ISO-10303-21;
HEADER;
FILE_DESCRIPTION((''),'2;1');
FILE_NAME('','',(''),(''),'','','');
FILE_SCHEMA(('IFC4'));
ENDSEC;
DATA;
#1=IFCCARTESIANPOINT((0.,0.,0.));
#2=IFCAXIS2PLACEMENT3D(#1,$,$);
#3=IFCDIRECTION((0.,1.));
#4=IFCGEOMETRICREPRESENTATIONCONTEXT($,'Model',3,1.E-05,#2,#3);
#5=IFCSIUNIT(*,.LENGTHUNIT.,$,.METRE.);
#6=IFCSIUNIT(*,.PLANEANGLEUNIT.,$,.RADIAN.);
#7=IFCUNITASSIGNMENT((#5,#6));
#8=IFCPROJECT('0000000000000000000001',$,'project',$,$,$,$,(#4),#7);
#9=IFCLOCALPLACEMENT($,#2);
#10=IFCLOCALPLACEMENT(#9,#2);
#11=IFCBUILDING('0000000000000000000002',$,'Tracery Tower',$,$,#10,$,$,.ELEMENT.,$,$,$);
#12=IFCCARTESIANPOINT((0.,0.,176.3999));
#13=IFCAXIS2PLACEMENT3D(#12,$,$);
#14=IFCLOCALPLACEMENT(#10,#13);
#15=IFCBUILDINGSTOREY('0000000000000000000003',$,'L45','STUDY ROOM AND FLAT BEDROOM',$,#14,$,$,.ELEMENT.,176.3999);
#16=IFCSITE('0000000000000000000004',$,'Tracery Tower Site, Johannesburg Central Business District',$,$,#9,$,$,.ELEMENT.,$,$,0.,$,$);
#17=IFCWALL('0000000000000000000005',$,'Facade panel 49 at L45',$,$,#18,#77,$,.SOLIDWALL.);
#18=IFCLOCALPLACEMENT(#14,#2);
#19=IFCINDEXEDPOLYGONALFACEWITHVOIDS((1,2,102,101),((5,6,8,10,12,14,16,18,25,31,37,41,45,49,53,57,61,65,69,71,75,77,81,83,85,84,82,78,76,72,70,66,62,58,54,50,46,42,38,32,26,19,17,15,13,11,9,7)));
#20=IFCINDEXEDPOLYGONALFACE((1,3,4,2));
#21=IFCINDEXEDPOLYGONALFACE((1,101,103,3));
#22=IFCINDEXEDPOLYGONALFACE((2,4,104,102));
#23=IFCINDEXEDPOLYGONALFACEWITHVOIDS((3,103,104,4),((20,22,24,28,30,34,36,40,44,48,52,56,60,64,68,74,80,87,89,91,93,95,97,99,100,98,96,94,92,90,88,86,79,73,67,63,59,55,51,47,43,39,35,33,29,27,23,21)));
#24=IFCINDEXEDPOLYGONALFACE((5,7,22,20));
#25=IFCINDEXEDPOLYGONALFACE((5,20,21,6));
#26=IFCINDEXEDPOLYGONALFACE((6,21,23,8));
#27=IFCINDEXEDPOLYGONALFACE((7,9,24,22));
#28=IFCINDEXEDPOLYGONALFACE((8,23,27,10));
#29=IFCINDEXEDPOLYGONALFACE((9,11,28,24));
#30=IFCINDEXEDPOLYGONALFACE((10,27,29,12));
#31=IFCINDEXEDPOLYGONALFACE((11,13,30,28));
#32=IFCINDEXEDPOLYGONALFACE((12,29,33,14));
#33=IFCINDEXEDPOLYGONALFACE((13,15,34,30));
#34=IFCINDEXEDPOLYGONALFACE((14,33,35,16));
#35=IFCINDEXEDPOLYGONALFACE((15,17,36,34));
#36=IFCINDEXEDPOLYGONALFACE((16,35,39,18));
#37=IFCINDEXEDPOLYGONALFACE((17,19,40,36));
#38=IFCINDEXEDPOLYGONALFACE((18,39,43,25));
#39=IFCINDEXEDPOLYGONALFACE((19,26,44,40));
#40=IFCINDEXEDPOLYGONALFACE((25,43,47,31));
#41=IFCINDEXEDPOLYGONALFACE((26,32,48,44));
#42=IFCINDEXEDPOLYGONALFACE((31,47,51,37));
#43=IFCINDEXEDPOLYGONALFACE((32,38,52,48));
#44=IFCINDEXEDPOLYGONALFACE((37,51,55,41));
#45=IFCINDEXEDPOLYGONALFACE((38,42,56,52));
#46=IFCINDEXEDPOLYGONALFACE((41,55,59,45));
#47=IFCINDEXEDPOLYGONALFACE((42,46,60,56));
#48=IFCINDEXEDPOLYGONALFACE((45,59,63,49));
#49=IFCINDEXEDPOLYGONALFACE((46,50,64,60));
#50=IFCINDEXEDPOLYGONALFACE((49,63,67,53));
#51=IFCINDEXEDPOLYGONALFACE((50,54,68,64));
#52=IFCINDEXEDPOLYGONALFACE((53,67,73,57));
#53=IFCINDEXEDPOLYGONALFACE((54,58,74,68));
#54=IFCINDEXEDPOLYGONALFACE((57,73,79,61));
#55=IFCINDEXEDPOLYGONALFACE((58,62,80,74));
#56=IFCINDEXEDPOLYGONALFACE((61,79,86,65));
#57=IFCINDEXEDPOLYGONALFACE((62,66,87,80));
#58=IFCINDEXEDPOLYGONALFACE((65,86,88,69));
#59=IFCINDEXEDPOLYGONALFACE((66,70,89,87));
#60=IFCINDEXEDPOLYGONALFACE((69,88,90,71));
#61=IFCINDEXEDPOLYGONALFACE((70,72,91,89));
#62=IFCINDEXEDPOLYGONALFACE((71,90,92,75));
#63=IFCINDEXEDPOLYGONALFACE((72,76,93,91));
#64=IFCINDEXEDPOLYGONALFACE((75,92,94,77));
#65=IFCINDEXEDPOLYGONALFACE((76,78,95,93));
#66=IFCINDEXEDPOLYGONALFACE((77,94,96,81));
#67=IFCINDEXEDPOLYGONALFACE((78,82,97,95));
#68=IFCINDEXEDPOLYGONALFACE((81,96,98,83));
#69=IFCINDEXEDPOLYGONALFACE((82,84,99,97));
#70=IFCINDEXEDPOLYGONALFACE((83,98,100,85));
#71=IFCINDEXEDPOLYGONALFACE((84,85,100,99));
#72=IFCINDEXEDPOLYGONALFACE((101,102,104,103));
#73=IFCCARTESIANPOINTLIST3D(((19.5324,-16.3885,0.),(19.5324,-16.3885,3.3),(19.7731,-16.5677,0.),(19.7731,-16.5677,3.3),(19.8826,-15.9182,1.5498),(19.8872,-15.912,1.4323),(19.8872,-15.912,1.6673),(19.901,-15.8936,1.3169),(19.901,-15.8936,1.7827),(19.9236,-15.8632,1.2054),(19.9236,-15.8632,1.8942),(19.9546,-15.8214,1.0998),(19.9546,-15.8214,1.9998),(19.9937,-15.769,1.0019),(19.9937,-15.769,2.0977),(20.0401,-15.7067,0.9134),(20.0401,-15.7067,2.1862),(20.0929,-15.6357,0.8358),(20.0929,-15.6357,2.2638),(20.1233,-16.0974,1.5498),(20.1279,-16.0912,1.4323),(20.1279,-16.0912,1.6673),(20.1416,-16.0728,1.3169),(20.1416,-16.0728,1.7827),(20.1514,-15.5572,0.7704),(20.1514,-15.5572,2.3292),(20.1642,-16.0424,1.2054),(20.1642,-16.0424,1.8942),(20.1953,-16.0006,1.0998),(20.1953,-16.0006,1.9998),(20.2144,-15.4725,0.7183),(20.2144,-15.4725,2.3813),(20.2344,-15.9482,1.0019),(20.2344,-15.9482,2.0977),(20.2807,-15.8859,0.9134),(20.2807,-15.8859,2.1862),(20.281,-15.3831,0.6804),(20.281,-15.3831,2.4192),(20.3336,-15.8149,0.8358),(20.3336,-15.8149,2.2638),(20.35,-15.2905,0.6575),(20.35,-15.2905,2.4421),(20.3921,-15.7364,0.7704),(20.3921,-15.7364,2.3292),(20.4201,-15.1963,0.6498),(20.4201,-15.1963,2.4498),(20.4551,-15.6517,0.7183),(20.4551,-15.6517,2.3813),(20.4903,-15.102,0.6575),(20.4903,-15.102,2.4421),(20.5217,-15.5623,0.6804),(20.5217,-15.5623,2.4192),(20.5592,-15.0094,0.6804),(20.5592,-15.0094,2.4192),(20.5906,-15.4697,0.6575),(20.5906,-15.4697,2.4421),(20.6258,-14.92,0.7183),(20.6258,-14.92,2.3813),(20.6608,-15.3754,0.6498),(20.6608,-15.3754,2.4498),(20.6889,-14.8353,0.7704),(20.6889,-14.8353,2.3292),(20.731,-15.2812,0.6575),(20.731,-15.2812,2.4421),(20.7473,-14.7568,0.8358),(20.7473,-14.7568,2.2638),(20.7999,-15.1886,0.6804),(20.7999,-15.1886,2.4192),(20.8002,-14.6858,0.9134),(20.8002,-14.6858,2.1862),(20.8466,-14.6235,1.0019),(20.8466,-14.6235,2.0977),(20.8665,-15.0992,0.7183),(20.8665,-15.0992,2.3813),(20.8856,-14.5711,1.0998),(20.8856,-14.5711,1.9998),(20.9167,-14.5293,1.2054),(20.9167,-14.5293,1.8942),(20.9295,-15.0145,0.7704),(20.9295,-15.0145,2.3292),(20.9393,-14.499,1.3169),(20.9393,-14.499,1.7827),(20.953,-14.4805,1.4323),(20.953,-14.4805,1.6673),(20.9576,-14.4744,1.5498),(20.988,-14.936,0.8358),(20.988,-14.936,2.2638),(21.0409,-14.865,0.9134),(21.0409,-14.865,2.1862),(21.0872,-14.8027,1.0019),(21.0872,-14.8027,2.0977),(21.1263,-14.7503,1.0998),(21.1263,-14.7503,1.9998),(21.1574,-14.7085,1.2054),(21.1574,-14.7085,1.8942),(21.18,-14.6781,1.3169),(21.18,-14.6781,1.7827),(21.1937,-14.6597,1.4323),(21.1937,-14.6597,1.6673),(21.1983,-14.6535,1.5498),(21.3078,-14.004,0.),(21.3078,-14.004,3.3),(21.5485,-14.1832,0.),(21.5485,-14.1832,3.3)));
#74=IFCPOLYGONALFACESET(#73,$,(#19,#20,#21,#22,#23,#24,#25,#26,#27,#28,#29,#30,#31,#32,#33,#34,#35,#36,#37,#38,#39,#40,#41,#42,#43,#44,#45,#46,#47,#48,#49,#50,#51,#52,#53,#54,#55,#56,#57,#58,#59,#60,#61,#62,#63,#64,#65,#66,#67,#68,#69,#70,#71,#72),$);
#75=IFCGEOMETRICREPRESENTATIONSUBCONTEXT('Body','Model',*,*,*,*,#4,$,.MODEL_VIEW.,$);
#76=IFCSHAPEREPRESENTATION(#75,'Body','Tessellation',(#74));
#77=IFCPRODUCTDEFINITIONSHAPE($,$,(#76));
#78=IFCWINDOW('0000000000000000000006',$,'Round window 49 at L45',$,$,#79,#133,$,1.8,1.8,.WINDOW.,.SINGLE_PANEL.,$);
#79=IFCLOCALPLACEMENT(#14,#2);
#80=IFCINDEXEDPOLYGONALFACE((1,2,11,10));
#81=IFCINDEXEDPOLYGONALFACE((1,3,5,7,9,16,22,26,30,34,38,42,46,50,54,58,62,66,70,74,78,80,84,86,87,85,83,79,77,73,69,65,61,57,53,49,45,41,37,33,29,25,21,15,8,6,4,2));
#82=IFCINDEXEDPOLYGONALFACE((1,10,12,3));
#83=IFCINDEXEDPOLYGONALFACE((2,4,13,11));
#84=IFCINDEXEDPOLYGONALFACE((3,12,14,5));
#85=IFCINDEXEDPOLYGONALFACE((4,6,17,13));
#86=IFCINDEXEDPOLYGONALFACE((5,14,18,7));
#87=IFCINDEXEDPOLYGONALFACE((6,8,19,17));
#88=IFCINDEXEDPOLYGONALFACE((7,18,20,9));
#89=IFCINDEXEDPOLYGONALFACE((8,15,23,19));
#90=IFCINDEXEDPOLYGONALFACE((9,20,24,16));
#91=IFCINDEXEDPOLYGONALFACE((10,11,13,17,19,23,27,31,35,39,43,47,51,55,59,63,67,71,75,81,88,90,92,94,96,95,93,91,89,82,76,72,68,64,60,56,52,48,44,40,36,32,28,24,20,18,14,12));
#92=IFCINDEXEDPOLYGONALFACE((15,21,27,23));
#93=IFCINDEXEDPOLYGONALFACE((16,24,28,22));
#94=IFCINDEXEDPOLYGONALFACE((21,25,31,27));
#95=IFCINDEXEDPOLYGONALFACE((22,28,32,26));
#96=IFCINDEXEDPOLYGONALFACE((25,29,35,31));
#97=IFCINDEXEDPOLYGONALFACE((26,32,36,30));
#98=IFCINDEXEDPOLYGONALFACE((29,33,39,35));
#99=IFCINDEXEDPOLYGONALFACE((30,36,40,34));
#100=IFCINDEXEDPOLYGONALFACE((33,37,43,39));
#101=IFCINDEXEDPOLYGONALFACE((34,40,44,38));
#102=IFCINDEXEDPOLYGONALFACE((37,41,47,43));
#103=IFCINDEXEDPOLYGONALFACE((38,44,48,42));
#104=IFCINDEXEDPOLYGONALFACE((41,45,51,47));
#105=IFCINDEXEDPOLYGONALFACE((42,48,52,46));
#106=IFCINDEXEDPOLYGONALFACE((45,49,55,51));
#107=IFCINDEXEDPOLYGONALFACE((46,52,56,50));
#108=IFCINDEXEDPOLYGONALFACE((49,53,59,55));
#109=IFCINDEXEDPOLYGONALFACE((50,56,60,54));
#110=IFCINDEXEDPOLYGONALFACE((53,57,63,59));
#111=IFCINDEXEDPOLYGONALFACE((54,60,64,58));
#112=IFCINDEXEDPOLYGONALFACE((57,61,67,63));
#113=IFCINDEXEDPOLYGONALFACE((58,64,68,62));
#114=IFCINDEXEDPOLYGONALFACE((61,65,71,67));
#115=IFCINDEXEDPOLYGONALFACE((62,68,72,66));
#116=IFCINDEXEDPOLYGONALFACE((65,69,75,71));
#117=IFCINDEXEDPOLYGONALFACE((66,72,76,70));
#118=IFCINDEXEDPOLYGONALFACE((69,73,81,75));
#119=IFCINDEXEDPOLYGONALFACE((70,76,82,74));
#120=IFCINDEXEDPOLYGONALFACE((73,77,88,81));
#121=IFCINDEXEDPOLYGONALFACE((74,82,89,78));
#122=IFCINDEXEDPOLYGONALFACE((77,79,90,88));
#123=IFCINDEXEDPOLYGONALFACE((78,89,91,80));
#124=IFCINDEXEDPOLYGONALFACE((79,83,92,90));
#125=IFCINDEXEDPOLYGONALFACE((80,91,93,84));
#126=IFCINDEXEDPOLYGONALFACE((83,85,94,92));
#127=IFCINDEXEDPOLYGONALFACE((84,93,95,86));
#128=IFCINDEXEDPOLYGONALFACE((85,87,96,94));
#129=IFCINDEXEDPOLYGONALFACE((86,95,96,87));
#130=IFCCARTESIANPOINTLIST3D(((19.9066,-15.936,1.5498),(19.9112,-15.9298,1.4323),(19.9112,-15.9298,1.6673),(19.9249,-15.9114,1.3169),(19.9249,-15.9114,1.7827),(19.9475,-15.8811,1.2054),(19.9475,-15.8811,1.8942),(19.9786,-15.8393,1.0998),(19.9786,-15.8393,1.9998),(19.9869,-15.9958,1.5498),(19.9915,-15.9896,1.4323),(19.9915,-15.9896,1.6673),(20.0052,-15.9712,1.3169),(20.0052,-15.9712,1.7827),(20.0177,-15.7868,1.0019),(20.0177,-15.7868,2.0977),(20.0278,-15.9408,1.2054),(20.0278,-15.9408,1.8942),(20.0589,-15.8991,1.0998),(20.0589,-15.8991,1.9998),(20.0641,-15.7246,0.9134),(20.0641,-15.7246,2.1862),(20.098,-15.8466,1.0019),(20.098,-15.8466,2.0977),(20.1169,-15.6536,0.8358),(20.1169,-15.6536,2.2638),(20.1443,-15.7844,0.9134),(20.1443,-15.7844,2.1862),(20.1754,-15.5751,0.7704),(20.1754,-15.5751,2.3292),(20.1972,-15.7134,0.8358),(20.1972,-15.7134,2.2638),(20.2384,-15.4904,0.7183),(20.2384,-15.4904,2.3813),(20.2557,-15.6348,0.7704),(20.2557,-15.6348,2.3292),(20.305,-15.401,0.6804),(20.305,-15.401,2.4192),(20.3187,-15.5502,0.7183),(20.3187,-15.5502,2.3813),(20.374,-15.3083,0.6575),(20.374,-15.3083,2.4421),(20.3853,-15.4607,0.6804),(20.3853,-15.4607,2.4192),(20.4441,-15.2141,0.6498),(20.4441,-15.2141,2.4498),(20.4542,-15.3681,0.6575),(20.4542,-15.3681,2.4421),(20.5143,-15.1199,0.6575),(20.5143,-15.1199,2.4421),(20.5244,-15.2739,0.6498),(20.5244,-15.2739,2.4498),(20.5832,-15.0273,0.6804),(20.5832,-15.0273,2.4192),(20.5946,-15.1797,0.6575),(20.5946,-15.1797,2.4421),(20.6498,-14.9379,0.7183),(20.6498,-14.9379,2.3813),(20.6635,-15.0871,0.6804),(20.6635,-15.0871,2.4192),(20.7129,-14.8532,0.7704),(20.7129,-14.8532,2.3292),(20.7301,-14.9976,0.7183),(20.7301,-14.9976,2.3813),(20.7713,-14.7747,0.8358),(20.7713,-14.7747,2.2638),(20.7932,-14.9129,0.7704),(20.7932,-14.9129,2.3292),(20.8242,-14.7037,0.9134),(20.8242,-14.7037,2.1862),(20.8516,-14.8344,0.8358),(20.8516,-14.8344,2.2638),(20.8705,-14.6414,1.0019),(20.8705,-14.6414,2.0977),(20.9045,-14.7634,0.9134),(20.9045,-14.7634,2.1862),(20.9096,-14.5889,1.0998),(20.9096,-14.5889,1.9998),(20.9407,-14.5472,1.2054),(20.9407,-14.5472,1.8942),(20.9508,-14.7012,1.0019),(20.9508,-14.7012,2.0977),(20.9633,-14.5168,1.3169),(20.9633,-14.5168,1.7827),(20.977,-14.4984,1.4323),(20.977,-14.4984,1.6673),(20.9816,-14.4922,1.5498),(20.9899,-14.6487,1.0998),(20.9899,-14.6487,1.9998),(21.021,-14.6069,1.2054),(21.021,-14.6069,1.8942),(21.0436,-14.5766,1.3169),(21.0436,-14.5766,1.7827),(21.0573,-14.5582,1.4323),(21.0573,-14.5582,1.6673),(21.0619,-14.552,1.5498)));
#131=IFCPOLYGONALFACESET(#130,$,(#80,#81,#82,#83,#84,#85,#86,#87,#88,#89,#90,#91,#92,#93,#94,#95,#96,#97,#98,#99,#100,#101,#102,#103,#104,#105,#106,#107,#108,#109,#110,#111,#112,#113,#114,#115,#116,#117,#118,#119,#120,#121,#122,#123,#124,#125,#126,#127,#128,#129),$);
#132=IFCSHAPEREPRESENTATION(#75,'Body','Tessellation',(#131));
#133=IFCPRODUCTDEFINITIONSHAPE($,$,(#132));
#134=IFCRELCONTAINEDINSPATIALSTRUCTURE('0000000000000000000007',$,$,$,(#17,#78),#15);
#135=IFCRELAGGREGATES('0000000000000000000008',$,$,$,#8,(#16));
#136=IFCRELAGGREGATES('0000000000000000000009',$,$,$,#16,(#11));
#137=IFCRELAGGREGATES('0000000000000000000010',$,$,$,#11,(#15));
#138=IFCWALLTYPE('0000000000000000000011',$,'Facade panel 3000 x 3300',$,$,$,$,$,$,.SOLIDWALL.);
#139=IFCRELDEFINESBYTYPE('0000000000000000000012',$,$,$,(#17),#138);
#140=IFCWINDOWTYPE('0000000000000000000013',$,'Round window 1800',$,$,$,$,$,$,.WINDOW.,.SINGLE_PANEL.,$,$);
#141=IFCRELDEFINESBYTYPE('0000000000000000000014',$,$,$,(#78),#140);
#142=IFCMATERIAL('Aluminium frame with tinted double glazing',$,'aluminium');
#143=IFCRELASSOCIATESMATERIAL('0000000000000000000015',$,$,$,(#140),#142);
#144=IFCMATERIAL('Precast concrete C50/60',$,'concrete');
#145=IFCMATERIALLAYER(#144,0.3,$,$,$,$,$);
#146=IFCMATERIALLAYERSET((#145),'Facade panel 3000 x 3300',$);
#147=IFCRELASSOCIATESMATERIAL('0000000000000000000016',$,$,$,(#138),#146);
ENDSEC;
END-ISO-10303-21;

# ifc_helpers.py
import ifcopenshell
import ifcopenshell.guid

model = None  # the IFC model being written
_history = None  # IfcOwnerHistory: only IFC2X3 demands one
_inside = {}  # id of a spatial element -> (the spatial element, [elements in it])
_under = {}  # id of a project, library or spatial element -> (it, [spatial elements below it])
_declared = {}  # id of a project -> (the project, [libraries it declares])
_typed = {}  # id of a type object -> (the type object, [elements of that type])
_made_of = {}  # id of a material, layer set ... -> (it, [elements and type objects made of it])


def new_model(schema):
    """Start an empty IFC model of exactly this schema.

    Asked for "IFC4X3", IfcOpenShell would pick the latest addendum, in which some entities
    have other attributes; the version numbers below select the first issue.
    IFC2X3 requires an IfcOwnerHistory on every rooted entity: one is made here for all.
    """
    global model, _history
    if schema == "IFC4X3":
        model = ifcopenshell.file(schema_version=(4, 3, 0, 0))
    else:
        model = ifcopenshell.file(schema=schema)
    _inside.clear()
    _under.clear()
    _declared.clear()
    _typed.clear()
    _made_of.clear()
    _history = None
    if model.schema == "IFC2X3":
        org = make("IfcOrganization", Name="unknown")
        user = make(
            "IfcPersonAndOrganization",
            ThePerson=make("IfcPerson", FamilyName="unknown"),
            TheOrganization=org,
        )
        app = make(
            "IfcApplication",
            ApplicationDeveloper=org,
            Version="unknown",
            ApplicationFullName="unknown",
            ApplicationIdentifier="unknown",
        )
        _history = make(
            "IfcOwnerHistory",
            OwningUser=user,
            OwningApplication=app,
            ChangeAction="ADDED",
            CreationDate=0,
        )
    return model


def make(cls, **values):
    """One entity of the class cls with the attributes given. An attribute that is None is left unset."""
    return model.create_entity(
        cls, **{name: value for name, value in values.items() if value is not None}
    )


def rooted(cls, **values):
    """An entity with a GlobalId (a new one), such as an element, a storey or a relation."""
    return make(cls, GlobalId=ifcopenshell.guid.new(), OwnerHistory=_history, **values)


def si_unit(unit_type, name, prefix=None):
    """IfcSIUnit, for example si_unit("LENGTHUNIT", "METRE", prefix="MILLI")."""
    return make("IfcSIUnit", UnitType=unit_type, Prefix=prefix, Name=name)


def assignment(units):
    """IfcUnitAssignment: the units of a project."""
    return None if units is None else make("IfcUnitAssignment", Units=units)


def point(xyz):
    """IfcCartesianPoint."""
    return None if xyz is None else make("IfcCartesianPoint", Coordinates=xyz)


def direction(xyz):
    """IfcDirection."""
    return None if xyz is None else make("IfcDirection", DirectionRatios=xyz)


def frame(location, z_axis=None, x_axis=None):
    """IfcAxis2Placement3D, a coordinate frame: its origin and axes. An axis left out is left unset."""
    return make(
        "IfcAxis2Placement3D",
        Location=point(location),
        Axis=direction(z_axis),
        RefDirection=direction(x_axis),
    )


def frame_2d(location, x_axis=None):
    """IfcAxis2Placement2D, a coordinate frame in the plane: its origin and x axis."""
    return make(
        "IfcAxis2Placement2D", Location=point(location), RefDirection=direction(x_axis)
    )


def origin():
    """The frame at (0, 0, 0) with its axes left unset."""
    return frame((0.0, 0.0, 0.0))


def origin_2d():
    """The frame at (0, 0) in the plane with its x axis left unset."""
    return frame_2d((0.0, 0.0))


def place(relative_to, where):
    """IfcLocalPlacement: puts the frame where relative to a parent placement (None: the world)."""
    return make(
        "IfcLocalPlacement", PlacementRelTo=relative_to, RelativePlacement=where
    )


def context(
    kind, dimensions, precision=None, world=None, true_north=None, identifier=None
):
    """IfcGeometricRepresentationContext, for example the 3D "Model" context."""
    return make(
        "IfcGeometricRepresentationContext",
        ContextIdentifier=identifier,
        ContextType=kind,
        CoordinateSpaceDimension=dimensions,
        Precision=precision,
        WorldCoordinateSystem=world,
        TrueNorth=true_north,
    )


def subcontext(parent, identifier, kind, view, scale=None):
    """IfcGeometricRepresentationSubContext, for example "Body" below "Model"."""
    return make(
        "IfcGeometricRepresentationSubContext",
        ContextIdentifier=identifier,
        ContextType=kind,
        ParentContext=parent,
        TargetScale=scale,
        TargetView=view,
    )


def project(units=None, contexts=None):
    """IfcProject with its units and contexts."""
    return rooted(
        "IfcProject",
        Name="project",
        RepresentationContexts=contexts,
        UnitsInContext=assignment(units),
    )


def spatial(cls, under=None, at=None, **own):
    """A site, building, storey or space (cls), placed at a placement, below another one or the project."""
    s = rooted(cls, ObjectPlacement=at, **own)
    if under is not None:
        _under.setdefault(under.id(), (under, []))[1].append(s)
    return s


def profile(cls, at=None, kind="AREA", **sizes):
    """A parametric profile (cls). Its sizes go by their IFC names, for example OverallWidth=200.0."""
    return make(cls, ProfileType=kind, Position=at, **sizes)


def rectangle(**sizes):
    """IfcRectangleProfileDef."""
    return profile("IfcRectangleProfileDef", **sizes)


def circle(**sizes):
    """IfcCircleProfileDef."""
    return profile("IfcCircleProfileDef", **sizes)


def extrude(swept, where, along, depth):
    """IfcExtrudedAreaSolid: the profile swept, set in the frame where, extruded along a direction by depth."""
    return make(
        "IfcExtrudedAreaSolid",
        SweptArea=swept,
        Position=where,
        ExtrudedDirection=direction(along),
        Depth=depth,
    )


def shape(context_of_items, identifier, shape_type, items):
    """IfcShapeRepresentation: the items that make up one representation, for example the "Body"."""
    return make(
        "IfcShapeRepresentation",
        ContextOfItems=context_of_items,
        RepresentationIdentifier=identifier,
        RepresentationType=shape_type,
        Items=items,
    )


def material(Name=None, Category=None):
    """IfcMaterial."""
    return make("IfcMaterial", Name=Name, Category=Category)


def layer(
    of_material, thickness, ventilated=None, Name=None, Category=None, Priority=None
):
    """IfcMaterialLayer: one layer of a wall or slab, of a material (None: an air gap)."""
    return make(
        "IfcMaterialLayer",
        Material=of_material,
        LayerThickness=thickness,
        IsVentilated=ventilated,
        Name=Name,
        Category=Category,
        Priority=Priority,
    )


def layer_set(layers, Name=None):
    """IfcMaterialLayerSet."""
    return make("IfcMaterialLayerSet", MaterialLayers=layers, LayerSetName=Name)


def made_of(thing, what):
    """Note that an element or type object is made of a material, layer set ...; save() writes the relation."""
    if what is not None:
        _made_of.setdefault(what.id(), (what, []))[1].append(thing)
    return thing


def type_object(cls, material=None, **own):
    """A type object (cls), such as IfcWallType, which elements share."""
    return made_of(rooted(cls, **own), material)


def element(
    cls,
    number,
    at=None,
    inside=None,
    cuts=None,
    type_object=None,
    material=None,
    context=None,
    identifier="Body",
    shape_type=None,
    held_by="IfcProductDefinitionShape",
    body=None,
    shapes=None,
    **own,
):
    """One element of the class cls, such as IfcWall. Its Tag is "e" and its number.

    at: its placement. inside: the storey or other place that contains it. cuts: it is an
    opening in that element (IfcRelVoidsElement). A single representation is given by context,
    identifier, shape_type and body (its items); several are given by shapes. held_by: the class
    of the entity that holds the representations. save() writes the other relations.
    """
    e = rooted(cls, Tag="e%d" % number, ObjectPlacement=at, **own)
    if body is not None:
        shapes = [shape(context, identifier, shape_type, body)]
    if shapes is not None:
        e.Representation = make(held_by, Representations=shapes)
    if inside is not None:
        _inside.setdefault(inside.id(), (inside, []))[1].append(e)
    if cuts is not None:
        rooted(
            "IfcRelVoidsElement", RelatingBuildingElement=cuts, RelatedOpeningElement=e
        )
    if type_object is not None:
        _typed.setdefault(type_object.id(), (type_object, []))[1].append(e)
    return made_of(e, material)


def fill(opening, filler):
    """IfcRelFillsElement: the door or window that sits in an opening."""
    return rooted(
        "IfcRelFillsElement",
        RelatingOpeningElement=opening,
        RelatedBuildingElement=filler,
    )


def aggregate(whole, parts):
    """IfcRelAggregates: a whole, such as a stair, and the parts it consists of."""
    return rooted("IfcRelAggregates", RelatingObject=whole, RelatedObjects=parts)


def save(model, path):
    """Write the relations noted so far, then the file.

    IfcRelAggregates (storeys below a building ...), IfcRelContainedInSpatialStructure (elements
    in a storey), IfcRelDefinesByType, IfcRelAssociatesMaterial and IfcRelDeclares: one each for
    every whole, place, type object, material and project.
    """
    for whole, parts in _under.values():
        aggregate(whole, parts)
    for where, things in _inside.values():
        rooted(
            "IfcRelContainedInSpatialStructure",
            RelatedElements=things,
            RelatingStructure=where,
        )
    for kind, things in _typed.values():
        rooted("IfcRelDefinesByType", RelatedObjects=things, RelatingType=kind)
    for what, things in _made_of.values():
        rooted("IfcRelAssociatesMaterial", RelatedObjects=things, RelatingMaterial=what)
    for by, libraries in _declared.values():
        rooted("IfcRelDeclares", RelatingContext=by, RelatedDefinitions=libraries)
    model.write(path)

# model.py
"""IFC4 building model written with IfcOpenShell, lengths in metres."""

from ifc_helpers import new_model, si_unit, direction, frame, frame_2d, origin, origin_2d, place, context, subcontext, project, spatial, rectangle, circle, extrude, material, layer, layer_set, type_object, element, fill, save


model = new_model("IFC4")

# Units and contexts
model_context = context("Model", 3, precision=1e-05, world=origin(), true_north=direction((0.0, 1.0)))
body_context = subcontext(model_context, "Body", "Model", "MODEL_VIEW")
ifc_project = project(units=[si_unit("LENGTHUNIT", "METRE"), si_unit("PLANEANGLEUNIT", "RADIAN")], contexts=[model_context])

# Site, building, storey
site_placement = place(None, origin())
site = spatial("IfcSite", under=ifc_project, at=site_placement, Name="Tracery Tower Site, Johannesburg Central Business District", CompositionType="ELEMENT", RefElevation=0.0)
building_placement = place(site_placement, origin())
building = spatial("IfcBuilding", under=site, at=building_placement, Name="Tracery Tower", CompositionType="ELEMENT")
storey_placement = place(building_placement, frame((0.0, 0.0, 176.3999)))
storey = spatial("IfcBuildingStorey", under=building, at=storey_placement, Name="L45", Description="STUDY ROOM AND FLAT BEDROOM", CompositionType="ELEMENT", Elevation=176.3999)

# Wall, opening, window
ifc_material_1 = material(Name="Aluminium frame with tinted double glazing", Category="aluminium")
window_type = type_object("IfcWindowType", Name="Round window 1800", PartitioningType="SINGLE_PANEL", PredefinedType="WINDOW", material=ifc_material_1)
ifc_material_2 = material(Name="Precast concrete C50/60", Category="concrete")
ifc_layer_1 = layer(ifc_material_2, 0.3)
ifc_layer_set_1 = layer_set([ifc_layer_1], Name="Facade panel 3000 x 3300")
wall_type_1 = type_object("IfcWallType", Name="Facade panel 3000 x 3300", PredefinedType="SOLIDWALL", material=ifc_layer_set_1)
wall_1_placement = place(storey_placement, frame((19.6528, -16.478, 0.0), z_axis=(0.0, 0.0, 1.0), x_axis=(0.597198, 0.802094, 0.0)))
wall_1 = element("IfcWall", 1, at=wall_1_placement, inside=storey, type_object=wall_type_1, Name="Facade panel 49 at L45", PredefinedType="SOLIDWALL", context=body_context, shape_type="SweptSolid", body=[
    extrude(rectangle(XDim=2.9729, YDim=0.3, at=frame_2d((1.4863, 0.0))), origin(), (0.0, 0.0, 1.0), 3.3),
])
opening_1_placement = place(wall_1_placement, frame((1.4863, 0.0, 1.5498)))
opening_1 = element("IfcOpeningElement", 2, at=opening_1_placement, cuts=wall_1, PredefinedType="OPENING", context=body_context, shape_type="SweptSolid", body=[
    extrude(circle(Radius=0.9, at=origin_2d()), frame((0.0, 0.1599, 0.0), z_axis=(0.0, -1.0, 0.0), x_axis=(1.0, 0.0, 0.0)), (0.0, 0.0, 1.0), 0.3201),
])
window_1_placement = place(opening_1_placement, origin())
window_1 = element("IfcWindow", 3, at=window_1_placement, inside=storey, type_object=window_type, Name="Round window 49 at L45", OverallHeight=1.8, OverallWidth=1.8, PartitioningType="SINGLE_PANEL", PredefinedType="WINDOW", context=body_context, shape_type="SweptSolid", body=[
    extrude(circle(Radius=0.9, at=origin_2d()), frame((0.0, 0.1201, 0.0), z_axis=(0.0, -1.0, 0.0), x_axis=(1.0, 0.0, 0.0)), (0.0, 0.0, 1.0), 0.1001),
])
fill(opening_1, window_1)

save(model, "model.ifc")
